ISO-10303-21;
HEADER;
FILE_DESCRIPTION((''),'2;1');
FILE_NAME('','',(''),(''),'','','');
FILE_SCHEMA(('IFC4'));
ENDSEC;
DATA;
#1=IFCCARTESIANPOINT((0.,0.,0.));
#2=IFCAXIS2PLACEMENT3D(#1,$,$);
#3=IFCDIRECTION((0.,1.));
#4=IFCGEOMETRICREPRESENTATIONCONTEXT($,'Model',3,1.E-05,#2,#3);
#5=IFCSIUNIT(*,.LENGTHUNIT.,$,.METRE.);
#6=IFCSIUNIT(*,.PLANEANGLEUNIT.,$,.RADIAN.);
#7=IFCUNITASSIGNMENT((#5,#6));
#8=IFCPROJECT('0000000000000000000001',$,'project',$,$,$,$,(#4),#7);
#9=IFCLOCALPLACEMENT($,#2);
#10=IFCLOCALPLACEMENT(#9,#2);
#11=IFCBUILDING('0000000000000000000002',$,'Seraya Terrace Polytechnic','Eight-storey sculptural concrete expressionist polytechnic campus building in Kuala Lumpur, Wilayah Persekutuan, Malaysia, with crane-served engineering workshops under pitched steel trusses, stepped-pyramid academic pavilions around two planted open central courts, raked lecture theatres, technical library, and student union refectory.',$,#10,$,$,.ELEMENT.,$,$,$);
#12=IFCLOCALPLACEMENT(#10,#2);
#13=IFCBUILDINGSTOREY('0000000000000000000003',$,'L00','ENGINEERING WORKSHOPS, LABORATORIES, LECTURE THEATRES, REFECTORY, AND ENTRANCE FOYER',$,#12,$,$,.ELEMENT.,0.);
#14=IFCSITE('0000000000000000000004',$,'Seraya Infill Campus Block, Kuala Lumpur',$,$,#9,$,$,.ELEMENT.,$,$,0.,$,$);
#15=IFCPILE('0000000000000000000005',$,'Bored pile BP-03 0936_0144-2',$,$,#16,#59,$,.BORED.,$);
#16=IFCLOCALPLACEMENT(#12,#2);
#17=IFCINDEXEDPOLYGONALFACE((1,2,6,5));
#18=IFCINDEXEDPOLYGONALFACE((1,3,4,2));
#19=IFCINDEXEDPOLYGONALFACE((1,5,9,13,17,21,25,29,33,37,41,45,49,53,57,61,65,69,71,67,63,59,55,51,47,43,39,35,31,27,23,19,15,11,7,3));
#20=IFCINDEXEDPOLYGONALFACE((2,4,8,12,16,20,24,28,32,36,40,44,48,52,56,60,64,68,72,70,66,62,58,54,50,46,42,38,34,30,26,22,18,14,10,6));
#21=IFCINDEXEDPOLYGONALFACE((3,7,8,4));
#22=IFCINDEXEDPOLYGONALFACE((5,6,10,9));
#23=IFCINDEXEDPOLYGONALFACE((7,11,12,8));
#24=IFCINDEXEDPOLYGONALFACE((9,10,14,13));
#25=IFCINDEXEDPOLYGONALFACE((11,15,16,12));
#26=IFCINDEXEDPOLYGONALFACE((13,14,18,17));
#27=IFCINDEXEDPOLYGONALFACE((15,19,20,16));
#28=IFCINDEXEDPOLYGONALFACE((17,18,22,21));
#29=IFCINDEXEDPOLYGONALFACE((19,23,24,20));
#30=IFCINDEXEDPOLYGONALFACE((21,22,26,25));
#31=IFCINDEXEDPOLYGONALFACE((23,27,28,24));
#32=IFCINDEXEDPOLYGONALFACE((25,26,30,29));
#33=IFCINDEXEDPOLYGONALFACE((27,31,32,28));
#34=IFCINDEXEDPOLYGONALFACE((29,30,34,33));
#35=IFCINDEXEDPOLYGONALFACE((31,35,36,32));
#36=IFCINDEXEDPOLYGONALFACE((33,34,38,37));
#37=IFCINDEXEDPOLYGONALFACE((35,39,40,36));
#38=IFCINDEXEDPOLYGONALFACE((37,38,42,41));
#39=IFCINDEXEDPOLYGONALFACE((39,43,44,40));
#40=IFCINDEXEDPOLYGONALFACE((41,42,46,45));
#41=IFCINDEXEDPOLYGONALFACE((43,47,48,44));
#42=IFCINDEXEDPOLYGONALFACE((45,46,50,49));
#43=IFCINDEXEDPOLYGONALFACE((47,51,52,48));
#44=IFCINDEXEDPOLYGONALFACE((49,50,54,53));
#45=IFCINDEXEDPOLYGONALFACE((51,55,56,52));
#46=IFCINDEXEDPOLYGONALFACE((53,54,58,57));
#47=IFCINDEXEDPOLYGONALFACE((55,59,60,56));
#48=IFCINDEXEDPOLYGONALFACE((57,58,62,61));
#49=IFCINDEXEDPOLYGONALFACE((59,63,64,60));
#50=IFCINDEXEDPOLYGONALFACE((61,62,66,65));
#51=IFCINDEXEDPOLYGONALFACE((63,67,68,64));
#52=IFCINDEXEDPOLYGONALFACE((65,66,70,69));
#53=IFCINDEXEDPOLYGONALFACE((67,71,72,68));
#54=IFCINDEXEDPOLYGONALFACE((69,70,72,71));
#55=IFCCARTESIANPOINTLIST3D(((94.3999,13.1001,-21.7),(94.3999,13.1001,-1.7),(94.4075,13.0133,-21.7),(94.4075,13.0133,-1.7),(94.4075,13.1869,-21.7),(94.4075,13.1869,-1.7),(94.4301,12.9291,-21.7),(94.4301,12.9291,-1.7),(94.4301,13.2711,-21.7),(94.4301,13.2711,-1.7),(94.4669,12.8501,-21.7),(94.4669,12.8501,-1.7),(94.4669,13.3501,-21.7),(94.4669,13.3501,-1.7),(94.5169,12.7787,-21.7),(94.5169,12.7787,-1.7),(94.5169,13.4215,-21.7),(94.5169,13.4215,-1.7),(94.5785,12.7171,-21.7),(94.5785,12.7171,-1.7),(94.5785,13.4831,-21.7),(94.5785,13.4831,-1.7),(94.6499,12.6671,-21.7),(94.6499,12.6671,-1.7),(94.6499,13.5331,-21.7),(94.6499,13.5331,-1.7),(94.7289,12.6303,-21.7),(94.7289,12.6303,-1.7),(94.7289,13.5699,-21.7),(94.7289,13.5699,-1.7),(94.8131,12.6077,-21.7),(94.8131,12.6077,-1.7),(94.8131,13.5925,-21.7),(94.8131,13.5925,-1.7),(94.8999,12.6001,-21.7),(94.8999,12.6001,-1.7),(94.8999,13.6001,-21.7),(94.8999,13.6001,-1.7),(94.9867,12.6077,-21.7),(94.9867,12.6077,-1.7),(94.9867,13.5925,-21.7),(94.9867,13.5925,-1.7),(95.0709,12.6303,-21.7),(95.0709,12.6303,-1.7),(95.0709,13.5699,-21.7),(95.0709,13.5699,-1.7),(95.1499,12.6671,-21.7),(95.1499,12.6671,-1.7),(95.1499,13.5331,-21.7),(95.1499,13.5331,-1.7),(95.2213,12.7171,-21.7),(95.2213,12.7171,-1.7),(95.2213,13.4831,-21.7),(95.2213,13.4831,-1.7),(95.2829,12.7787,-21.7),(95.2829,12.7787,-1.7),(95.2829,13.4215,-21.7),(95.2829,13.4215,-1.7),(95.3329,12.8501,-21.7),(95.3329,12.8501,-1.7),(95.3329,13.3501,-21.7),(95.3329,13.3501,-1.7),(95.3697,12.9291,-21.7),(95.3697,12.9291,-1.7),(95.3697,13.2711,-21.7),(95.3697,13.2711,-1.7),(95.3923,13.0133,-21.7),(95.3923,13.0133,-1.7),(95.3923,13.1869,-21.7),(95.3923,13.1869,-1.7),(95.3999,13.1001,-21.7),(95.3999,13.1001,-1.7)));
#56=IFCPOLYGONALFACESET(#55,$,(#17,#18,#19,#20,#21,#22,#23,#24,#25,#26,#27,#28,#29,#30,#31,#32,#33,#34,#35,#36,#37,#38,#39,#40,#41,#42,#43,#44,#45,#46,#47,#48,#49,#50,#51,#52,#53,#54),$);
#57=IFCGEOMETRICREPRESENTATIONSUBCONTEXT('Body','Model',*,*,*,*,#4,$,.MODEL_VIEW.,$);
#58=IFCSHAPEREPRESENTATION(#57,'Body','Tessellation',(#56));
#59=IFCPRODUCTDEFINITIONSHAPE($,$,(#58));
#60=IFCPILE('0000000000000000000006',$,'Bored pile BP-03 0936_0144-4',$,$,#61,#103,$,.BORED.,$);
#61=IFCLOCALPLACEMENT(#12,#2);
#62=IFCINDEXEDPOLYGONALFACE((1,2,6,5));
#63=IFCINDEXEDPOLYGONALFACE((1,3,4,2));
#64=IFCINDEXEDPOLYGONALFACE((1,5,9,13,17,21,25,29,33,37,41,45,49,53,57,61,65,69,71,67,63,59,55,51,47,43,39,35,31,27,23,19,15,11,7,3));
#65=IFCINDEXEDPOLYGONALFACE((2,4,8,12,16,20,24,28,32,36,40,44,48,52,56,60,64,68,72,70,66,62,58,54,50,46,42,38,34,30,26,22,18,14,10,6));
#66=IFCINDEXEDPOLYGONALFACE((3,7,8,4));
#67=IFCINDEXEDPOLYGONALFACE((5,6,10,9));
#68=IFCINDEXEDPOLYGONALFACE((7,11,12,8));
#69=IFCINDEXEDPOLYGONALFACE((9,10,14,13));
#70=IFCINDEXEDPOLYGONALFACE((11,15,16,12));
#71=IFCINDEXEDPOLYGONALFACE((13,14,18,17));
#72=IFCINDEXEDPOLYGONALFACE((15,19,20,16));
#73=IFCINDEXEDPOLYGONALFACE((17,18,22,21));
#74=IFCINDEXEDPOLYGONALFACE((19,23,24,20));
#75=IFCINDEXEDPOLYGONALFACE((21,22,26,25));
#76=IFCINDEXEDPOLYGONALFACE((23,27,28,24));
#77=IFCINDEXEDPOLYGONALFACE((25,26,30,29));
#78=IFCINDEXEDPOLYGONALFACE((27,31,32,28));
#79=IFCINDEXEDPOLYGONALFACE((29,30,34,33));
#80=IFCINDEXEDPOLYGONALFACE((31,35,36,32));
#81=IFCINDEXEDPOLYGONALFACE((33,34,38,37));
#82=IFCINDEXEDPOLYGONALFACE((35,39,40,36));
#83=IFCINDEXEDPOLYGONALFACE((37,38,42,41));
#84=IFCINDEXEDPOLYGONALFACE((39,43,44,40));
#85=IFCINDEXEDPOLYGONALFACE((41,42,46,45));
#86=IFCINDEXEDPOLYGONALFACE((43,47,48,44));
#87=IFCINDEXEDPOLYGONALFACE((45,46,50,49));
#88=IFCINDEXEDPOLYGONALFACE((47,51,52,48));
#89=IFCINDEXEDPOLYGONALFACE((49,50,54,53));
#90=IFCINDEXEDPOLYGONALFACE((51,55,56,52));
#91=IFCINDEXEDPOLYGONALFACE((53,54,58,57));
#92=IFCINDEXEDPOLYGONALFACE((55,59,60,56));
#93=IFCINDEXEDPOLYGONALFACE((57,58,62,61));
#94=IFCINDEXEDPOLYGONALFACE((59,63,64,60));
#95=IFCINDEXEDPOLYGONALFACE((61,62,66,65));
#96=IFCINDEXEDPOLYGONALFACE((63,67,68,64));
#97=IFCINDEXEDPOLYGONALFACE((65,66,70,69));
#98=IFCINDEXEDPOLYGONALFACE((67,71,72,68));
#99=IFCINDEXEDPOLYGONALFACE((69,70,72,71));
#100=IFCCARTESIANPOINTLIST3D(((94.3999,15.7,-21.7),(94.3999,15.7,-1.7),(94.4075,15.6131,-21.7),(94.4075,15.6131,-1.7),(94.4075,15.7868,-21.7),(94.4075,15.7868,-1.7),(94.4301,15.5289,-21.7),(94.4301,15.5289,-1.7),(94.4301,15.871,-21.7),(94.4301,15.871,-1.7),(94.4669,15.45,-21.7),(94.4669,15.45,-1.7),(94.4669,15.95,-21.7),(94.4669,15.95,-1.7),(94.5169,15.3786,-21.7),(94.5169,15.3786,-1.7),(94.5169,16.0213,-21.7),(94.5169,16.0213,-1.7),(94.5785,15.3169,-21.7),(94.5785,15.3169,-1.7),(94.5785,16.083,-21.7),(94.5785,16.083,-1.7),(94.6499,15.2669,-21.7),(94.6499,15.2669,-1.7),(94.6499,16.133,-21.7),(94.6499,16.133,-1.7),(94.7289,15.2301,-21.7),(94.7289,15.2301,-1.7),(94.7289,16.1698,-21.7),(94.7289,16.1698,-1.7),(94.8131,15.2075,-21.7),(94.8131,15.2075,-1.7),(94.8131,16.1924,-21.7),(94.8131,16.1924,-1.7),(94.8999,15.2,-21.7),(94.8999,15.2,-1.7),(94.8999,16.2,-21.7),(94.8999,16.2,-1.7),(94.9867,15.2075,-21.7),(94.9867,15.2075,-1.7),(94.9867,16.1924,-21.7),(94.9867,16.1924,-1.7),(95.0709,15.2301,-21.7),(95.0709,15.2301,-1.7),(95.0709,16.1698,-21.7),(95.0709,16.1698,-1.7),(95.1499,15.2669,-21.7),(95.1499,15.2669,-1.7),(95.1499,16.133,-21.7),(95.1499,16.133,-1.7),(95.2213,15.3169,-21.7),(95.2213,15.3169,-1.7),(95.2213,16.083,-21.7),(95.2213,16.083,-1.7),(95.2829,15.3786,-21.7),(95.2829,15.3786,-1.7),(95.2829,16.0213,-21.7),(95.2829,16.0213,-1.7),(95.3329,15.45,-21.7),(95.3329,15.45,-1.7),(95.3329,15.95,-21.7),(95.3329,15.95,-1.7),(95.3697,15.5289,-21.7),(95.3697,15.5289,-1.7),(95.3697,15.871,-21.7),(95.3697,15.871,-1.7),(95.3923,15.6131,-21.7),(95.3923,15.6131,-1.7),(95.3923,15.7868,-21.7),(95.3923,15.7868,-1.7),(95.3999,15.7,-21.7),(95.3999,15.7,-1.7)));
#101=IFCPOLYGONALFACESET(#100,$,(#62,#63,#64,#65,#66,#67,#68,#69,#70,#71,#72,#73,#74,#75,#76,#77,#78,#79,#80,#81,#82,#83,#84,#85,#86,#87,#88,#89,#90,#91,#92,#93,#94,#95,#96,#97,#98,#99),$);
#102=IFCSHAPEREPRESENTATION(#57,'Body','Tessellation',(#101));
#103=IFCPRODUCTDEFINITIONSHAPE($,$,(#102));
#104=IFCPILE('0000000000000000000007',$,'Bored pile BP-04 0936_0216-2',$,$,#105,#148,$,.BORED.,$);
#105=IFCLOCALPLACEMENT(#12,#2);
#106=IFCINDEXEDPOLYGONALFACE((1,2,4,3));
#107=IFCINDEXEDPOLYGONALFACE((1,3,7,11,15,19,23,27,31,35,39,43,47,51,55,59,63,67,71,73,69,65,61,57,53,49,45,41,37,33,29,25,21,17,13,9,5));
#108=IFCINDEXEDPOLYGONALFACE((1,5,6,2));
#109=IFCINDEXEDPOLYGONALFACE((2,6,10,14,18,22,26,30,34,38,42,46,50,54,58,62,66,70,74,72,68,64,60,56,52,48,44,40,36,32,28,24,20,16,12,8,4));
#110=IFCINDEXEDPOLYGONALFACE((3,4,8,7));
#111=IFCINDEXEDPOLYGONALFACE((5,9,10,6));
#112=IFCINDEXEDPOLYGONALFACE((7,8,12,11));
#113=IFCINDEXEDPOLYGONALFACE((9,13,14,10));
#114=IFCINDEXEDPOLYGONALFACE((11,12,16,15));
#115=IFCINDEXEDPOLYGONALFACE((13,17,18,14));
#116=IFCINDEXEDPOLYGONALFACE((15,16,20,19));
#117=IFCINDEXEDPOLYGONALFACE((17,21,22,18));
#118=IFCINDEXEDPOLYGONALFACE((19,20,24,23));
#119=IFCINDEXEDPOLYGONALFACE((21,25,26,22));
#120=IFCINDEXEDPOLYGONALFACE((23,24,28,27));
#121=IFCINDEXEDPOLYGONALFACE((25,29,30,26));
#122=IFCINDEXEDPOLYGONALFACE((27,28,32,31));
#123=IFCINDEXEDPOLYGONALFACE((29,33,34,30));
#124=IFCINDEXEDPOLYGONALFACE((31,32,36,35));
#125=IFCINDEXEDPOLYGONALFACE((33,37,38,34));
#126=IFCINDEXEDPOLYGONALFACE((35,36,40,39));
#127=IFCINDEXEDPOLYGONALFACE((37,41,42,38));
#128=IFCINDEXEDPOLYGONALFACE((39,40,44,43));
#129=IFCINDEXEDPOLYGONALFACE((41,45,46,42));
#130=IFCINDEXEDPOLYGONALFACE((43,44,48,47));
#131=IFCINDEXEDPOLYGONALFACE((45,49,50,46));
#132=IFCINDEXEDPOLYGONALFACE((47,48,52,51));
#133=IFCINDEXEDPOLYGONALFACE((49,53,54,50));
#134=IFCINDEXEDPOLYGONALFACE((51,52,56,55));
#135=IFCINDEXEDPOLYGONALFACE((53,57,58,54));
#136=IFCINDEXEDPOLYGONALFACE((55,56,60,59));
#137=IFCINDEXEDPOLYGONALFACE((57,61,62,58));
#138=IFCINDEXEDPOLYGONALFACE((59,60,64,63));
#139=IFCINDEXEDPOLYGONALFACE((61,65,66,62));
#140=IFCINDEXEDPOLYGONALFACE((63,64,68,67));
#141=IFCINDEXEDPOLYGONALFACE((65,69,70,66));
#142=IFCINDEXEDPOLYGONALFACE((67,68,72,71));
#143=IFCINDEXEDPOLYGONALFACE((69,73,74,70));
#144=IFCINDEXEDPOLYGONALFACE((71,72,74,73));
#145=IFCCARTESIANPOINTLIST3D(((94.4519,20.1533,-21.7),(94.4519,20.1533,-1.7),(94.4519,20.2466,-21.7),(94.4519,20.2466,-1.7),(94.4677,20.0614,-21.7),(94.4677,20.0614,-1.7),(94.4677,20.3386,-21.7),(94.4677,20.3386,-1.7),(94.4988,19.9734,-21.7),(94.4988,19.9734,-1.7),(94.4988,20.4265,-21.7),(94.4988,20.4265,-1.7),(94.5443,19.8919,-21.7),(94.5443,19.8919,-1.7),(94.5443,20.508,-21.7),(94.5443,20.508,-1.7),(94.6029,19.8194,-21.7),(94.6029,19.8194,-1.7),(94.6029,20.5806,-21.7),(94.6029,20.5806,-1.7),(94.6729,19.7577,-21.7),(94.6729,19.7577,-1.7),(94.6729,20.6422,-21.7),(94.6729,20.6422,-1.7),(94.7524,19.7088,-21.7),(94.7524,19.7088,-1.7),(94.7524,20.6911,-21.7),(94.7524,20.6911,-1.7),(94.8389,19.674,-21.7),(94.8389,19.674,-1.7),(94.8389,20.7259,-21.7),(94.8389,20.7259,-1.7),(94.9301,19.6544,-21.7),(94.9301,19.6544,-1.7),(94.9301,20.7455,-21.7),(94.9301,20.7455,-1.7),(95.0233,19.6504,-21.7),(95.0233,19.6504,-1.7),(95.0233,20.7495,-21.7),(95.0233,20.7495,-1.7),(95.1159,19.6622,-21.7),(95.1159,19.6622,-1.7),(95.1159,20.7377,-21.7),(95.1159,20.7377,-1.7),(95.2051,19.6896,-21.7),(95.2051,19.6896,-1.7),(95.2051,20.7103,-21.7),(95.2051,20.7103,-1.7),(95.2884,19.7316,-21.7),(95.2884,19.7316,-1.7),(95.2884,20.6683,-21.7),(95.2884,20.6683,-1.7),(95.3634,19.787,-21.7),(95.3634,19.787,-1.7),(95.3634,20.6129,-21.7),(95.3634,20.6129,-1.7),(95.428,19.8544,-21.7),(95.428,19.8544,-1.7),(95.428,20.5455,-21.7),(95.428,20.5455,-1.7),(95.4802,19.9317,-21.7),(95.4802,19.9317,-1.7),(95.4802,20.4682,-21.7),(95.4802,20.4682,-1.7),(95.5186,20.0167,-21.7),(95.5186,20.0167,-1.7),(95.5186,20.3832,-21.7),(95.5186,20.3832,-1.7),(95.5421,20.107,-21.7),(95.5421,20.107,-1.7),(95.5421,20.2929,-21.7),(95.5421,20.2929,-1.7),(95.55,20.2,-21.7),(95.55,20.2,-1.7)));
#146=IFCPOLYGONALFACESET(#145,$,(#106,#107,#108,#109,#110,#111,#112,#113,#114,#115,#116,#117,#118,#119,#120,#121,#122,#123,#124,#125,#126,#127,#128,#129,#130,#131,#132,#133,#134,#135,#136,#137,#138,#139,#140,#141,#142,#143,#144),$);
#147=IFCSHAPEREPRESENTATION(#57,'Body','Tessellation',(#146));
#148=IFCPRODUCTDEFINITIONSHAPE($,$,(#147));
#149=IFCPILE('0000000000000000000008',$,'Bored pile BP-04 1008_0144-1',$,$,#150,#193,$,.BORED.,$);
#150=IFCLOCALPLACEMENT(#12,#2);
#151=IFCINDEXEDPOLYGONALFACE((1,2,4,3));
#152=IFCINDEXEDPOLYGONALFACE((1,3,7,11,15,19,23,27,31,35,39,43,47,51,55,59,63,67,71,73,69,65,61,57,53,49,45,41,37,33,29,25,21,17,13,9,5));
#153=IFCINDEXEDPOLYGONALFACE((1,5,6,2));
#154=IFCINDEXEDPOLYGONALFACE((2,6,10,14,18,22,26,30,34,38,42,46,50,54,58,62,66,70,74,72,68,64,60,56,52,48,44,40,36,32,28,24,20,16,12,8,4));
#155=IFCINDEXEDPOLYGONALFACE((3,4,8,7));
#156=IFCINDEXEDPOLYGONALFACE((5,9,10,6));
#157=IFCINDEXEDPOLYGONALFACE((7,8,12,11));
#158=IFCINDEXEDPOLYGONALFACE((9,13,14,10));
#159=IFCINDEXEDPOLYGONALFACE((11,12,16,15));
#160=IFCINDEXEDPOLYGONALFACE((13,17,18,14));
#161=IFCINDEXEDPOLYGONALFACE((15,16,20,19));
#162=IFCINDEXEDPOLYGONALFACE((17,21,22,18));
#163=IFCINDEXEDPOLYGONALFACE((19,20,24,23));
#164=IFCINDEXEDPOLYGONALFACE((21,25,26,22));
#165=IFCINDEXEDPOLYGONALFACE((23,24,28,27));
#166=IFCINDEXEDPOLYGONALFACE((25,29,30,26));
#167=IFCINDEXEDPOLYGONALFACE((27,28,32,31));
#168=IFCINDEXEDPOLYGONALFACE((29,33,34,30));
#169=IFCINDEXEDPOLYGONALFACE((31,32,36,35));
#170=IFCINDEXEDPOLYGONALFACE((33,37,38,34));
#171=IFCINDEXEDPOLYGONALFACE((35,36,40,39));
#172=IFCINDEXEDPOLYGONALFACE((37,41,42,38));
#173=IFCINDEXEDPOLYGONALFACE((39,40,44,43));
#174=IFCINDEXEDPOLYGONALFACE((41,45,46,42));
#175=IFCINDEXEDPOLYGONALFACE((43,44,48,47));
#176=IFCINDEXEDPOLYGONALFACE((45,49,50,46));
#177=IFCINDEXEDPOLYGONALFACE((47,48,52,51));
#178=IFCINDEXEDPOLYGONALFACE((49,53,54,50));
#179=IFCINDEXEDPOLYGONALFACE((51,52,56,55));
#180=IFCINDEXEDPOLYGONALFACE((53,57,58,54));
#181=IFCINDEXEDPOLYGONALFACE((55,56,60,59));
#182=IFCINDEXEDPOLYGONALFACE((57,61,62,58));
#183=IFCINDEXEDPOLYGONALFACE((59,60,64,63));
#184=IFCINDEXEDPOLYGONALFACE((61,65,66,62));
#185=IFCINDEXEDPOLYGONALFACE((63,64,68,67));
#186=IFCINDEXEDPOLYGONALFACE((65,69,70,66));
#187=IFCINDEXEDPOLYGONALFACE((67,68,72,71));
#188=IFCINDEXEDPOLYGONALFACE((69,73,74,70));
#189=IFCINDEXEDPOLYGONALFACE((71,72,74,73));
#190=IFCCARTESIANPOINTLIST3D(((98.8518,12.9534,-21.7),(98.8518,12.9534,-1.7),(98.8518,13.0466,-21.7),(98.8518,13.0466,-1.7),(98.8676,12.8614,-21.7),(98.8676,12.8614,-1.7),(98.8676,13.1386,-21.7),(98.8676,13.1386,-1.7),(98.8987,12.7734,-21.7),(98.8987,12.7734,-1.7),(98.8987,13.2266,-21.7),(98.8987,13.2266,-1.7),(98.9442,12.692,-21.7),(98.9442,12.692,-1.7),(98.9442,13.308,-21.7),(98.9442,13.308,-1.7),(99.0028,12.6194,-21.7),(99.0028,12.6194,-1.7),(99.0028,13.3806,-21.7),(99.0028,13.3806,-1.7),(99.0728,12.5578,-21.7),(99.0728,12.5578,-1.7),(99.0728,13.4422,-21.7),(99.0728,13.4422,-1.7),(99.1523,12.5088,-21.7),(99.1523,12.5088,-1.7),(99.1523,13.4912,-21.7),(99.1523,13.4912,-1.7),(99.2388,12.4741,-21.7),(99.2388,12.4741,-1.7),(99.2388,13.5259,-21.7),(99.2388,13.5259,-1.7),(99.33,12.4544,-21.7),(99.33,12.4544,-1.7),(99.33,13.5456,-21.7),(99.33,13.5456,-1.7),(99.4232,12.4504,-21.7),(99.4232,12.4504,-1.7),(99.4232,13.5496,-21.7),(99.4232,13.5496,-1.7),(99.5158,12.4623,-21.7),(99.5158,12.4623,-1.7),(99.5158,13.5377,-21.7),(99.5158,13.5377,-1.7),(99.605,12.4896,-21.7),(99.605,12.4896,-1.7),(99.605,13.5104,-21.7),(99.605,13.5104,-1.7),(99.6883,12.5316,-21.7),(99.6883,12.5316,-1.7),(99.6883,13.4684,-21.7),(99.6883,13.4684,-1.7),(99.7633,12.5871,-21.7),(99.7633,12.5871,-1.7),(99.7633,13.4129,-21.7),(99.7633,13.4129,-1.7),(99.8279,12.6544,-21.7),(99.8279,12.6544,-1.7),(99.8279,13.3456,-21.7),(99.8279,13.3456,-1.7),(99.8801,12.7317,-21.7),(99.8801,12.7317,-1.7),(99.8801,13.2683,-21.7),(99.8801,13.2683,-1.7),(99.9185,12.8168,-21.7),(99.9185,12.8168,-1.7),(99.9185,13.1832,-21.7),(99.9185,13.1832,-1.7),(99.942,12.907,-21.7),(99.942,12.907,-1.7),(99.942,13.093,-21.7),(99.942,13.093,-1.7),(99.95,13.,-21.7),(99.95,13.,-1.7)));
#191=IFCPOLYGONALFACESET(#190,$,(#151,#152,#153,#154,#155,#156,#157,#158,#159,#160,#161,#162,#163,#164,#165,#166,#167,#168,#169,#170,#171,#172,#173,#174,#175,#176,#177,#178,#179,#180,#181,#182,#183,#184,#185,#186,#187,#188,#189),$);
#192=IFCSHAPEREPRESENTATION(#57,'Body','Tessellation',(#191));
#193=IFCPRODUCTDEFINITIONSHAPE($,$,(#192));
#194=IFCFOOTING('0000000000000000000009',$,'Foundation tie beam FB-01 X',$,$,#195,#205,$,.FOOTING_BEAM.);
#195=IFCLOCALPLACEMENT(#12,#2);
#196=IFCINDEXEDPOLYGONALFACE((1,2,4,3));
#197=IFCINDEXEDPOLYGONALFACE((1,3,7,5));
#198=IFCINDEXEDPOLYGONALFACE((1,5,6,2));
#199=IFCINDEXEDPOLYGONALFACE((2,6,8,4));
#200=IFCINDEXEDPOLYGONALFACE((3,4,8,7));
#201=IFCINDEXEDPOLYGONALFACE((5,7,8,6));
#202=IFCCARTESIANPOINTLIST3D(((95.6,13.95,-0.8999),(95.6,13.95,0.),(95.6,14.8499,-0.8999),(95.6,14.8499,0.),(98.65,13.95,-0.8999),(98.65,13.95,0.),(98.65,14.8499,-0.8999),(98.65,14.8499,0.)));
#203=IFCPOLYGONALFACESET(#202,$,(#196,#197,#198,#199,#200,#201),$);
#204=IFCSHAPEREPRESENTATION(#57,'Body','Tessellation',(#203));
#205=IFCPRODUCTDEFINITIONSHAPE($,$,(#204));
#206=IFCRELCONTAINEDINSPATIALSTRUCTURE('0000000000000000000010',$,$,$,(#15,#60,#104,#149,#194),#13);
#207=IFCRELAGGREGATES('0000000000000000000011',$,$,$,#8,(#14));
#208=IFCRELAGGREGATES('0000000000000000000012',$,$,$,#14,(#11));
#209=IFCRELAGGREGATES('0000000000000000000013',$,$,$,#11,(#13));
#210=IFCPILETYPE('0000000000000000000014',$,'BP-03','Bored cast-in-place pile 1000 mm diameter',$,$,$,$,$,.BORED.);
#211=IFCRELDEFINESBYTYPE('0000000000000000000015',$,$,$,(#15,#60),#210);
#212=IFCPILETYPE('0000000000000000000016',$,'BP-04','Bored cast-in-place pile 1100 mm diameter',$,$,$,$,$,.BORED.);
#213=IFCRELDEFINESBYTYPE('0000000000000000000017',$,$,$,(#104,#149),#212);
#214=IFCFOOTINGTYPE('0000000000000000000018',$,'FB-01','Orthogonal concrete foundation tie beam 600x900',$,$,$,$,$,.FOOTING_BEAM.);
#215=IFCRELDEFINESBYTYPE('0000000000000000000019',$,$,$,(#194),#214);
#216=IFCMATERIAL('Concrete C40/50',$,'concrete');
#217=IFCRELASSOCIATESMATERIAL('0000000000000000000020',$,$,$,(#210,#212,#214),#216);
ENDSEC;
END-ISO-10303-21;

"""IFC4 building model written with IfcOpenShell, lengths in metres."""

from ifc_helpers import new_model, si_unit, direction, frame, origin, origin_2d, place, context, subcontext, project, spatial, rectangle, circle, extrude, material, material_profile, profile_set, type_object, element, save


model = new_model("IFC4")

# Units and contexts
model_context = context("Model", 3, precision=1e-05, world=origin(), true_north=direction((0.0, 1.0)))
body_context = subcontext(model_context, "Body", "Model", "MODEL_VIEW")
ifc_project = project(units=[si_unit("LENGTHUNIT", "METRE"), si_unit("PLANEANGLEUNIT", "RADIAN")], contexts=[model_context])

# Site, building, storey
site_placement = place(None, origin())
site = spatial("IfcSite", under=ifc_project, at=site_placement, Name="Seraya Infill Campus Block, Kuala Lumpur", CompositionType="ELEMENT", RefElevation=0.0)
building_placement = place(site_placement, origin())
building = spatial("IfcBuilding", under=site, at=building_placement, Name="Seraya Terrace Polytechnic", Description="Eight-storey sculptural concrete expressionist polytechnic campus building in Kuala Lumpur, Wilayah Persekutuan, Malaysia, with crane-served engineering workshops under pitched steel trusses, stepped-pyramid academic pavilions around two planted open central courts, raked lecture theatres, technical library, and student union refectory.", CompositionType="ELEMENT")
storey_placement = place(building_placement, origin())
storey = spatial("IfcBuildingStorey", under=building, at=storey_placement, Name="L00", Description="ENGINEERING WORKSHOPS, LABORATORIES, LECTURE THEATRES, REFECTORY, AND ENTRANCE FOYER", CompositionType="ELEMENT", Elevation=0.0)

# Piles
ifc_material_1 = material(Name="Concrete C40/50", Category="concrete")
ifc_material_profile_1 = material_profile(ifc_material_1, circle(Radius=0.5, at=origin_2d()), Name="DIA 1000")
ifc_profile_set_1 = profile_set([ifc_material_profile_1], Name="Concrete C40/50")
pile_type_1 = type_object("IfcPileType", Name="BP-03", Description="Bored cast-in-place pile 1000 mm diameter", PredefinedType="BORED", material=ifc_profile_set_1)
for number, where, z_axis, x_axis, name in (
    (1, (94.8999, 13.1001, -1.7), (0.0, 0.0, -1.0), (1.0, 0.0, 0.0), "Bored pile BP-03 0936_0144-2"),
    (2, (94.8999, 15.7, -1.7), (0.0, 0.0, -1.0), (1.0, 0.0, 0.0), "Bored pile BP-03 0936_0144-4"),
):
    element("IfcPile", number, at=place(storey_placement, frame(where, z_axis=z_axis, x_axis=x_axis)), inside=storey, type_object=pile_type_1, Name=name, PredefinedType="BORED", context=body_context, shape_type="SweptSolid", body=[
        extrude(circle(Radius=0.5, at=origin_2d()), origin(), (0.0, 0.0, 1.0), 20.0),
    ])
ifc_material_profile_2 = material_profile(ifc_material_1, circle(Radius=0.55, at=origin_2d()), Name="DIA 1100")
ifc_profile_set_2 = profile_set([ifc_material_profile_2], Name="Concrete C40/50")
pile_type_2 = type_object("IfcPileType", Name="BP-04", Description="Bored cast-in-place pile 1100 mm diameter", PredefinedType="BORED", material=ifc_profile_set_2)
for number, where, z_axis, x_axis, name in (
    (3, (95.0, 20.2, -1.7), (0.0, 0.0, -1.0), (1.0, 0.0, 0.0), "Bored pile BP-04 0936_0216-2"),
    (4, (99.3999, 13.0, -1.7), (0.0, 0.0, -1.0), (1.0, 0.0, 0.0), "Bored pile BP-04 1008_0144-1"),
):
    element("IfcPile", number, at=place(storey_placement, frame(where, z_axis=z_axis, x_axis=x_axis)), inside=storey, type_object=pile_type_2, Name=name, PredefinedType="BORED", context=body_context, shape_type="SweptSolid", body=[
        extrude(circle(Radius=0.55, at=origin_2d()), origin(), (0.0, 0.0, 1.0), 20.0),
    ])

# Footing
footing_type_1 = type_object("IfcFootingType", Name="FB-01", Description="Orthogonal concrete foundation tie beam 600x900", PredefinedType="FOOTING_BEAM", material=ifc_material_1)
for number, where, z_axis, x_axis, name in (
    (5, (97.125, 14.3999, -0.8999), (0.0, 0.0, 1.0), (1.0, 0.0, 0.0), "Foundation tie beam FB-01 X"),
):
    element("IfcFooting", number, at=place(storey_placement, frame(where, z_axis=z_axis, x_axis=x_axis)), inside=storey, type_object=footing_type_1, Name=name, PredefinedType="FOOTING_BEAM", context=body_context, shape_type="SweptSolid", body=[
        extrude(rectangle(XDim=3.05, YDim=0.8999, at=origin_2d()), origin(), (0.0, 0.0, 1.0), 0.8999),
    ])

save(model, "model.ifc")
